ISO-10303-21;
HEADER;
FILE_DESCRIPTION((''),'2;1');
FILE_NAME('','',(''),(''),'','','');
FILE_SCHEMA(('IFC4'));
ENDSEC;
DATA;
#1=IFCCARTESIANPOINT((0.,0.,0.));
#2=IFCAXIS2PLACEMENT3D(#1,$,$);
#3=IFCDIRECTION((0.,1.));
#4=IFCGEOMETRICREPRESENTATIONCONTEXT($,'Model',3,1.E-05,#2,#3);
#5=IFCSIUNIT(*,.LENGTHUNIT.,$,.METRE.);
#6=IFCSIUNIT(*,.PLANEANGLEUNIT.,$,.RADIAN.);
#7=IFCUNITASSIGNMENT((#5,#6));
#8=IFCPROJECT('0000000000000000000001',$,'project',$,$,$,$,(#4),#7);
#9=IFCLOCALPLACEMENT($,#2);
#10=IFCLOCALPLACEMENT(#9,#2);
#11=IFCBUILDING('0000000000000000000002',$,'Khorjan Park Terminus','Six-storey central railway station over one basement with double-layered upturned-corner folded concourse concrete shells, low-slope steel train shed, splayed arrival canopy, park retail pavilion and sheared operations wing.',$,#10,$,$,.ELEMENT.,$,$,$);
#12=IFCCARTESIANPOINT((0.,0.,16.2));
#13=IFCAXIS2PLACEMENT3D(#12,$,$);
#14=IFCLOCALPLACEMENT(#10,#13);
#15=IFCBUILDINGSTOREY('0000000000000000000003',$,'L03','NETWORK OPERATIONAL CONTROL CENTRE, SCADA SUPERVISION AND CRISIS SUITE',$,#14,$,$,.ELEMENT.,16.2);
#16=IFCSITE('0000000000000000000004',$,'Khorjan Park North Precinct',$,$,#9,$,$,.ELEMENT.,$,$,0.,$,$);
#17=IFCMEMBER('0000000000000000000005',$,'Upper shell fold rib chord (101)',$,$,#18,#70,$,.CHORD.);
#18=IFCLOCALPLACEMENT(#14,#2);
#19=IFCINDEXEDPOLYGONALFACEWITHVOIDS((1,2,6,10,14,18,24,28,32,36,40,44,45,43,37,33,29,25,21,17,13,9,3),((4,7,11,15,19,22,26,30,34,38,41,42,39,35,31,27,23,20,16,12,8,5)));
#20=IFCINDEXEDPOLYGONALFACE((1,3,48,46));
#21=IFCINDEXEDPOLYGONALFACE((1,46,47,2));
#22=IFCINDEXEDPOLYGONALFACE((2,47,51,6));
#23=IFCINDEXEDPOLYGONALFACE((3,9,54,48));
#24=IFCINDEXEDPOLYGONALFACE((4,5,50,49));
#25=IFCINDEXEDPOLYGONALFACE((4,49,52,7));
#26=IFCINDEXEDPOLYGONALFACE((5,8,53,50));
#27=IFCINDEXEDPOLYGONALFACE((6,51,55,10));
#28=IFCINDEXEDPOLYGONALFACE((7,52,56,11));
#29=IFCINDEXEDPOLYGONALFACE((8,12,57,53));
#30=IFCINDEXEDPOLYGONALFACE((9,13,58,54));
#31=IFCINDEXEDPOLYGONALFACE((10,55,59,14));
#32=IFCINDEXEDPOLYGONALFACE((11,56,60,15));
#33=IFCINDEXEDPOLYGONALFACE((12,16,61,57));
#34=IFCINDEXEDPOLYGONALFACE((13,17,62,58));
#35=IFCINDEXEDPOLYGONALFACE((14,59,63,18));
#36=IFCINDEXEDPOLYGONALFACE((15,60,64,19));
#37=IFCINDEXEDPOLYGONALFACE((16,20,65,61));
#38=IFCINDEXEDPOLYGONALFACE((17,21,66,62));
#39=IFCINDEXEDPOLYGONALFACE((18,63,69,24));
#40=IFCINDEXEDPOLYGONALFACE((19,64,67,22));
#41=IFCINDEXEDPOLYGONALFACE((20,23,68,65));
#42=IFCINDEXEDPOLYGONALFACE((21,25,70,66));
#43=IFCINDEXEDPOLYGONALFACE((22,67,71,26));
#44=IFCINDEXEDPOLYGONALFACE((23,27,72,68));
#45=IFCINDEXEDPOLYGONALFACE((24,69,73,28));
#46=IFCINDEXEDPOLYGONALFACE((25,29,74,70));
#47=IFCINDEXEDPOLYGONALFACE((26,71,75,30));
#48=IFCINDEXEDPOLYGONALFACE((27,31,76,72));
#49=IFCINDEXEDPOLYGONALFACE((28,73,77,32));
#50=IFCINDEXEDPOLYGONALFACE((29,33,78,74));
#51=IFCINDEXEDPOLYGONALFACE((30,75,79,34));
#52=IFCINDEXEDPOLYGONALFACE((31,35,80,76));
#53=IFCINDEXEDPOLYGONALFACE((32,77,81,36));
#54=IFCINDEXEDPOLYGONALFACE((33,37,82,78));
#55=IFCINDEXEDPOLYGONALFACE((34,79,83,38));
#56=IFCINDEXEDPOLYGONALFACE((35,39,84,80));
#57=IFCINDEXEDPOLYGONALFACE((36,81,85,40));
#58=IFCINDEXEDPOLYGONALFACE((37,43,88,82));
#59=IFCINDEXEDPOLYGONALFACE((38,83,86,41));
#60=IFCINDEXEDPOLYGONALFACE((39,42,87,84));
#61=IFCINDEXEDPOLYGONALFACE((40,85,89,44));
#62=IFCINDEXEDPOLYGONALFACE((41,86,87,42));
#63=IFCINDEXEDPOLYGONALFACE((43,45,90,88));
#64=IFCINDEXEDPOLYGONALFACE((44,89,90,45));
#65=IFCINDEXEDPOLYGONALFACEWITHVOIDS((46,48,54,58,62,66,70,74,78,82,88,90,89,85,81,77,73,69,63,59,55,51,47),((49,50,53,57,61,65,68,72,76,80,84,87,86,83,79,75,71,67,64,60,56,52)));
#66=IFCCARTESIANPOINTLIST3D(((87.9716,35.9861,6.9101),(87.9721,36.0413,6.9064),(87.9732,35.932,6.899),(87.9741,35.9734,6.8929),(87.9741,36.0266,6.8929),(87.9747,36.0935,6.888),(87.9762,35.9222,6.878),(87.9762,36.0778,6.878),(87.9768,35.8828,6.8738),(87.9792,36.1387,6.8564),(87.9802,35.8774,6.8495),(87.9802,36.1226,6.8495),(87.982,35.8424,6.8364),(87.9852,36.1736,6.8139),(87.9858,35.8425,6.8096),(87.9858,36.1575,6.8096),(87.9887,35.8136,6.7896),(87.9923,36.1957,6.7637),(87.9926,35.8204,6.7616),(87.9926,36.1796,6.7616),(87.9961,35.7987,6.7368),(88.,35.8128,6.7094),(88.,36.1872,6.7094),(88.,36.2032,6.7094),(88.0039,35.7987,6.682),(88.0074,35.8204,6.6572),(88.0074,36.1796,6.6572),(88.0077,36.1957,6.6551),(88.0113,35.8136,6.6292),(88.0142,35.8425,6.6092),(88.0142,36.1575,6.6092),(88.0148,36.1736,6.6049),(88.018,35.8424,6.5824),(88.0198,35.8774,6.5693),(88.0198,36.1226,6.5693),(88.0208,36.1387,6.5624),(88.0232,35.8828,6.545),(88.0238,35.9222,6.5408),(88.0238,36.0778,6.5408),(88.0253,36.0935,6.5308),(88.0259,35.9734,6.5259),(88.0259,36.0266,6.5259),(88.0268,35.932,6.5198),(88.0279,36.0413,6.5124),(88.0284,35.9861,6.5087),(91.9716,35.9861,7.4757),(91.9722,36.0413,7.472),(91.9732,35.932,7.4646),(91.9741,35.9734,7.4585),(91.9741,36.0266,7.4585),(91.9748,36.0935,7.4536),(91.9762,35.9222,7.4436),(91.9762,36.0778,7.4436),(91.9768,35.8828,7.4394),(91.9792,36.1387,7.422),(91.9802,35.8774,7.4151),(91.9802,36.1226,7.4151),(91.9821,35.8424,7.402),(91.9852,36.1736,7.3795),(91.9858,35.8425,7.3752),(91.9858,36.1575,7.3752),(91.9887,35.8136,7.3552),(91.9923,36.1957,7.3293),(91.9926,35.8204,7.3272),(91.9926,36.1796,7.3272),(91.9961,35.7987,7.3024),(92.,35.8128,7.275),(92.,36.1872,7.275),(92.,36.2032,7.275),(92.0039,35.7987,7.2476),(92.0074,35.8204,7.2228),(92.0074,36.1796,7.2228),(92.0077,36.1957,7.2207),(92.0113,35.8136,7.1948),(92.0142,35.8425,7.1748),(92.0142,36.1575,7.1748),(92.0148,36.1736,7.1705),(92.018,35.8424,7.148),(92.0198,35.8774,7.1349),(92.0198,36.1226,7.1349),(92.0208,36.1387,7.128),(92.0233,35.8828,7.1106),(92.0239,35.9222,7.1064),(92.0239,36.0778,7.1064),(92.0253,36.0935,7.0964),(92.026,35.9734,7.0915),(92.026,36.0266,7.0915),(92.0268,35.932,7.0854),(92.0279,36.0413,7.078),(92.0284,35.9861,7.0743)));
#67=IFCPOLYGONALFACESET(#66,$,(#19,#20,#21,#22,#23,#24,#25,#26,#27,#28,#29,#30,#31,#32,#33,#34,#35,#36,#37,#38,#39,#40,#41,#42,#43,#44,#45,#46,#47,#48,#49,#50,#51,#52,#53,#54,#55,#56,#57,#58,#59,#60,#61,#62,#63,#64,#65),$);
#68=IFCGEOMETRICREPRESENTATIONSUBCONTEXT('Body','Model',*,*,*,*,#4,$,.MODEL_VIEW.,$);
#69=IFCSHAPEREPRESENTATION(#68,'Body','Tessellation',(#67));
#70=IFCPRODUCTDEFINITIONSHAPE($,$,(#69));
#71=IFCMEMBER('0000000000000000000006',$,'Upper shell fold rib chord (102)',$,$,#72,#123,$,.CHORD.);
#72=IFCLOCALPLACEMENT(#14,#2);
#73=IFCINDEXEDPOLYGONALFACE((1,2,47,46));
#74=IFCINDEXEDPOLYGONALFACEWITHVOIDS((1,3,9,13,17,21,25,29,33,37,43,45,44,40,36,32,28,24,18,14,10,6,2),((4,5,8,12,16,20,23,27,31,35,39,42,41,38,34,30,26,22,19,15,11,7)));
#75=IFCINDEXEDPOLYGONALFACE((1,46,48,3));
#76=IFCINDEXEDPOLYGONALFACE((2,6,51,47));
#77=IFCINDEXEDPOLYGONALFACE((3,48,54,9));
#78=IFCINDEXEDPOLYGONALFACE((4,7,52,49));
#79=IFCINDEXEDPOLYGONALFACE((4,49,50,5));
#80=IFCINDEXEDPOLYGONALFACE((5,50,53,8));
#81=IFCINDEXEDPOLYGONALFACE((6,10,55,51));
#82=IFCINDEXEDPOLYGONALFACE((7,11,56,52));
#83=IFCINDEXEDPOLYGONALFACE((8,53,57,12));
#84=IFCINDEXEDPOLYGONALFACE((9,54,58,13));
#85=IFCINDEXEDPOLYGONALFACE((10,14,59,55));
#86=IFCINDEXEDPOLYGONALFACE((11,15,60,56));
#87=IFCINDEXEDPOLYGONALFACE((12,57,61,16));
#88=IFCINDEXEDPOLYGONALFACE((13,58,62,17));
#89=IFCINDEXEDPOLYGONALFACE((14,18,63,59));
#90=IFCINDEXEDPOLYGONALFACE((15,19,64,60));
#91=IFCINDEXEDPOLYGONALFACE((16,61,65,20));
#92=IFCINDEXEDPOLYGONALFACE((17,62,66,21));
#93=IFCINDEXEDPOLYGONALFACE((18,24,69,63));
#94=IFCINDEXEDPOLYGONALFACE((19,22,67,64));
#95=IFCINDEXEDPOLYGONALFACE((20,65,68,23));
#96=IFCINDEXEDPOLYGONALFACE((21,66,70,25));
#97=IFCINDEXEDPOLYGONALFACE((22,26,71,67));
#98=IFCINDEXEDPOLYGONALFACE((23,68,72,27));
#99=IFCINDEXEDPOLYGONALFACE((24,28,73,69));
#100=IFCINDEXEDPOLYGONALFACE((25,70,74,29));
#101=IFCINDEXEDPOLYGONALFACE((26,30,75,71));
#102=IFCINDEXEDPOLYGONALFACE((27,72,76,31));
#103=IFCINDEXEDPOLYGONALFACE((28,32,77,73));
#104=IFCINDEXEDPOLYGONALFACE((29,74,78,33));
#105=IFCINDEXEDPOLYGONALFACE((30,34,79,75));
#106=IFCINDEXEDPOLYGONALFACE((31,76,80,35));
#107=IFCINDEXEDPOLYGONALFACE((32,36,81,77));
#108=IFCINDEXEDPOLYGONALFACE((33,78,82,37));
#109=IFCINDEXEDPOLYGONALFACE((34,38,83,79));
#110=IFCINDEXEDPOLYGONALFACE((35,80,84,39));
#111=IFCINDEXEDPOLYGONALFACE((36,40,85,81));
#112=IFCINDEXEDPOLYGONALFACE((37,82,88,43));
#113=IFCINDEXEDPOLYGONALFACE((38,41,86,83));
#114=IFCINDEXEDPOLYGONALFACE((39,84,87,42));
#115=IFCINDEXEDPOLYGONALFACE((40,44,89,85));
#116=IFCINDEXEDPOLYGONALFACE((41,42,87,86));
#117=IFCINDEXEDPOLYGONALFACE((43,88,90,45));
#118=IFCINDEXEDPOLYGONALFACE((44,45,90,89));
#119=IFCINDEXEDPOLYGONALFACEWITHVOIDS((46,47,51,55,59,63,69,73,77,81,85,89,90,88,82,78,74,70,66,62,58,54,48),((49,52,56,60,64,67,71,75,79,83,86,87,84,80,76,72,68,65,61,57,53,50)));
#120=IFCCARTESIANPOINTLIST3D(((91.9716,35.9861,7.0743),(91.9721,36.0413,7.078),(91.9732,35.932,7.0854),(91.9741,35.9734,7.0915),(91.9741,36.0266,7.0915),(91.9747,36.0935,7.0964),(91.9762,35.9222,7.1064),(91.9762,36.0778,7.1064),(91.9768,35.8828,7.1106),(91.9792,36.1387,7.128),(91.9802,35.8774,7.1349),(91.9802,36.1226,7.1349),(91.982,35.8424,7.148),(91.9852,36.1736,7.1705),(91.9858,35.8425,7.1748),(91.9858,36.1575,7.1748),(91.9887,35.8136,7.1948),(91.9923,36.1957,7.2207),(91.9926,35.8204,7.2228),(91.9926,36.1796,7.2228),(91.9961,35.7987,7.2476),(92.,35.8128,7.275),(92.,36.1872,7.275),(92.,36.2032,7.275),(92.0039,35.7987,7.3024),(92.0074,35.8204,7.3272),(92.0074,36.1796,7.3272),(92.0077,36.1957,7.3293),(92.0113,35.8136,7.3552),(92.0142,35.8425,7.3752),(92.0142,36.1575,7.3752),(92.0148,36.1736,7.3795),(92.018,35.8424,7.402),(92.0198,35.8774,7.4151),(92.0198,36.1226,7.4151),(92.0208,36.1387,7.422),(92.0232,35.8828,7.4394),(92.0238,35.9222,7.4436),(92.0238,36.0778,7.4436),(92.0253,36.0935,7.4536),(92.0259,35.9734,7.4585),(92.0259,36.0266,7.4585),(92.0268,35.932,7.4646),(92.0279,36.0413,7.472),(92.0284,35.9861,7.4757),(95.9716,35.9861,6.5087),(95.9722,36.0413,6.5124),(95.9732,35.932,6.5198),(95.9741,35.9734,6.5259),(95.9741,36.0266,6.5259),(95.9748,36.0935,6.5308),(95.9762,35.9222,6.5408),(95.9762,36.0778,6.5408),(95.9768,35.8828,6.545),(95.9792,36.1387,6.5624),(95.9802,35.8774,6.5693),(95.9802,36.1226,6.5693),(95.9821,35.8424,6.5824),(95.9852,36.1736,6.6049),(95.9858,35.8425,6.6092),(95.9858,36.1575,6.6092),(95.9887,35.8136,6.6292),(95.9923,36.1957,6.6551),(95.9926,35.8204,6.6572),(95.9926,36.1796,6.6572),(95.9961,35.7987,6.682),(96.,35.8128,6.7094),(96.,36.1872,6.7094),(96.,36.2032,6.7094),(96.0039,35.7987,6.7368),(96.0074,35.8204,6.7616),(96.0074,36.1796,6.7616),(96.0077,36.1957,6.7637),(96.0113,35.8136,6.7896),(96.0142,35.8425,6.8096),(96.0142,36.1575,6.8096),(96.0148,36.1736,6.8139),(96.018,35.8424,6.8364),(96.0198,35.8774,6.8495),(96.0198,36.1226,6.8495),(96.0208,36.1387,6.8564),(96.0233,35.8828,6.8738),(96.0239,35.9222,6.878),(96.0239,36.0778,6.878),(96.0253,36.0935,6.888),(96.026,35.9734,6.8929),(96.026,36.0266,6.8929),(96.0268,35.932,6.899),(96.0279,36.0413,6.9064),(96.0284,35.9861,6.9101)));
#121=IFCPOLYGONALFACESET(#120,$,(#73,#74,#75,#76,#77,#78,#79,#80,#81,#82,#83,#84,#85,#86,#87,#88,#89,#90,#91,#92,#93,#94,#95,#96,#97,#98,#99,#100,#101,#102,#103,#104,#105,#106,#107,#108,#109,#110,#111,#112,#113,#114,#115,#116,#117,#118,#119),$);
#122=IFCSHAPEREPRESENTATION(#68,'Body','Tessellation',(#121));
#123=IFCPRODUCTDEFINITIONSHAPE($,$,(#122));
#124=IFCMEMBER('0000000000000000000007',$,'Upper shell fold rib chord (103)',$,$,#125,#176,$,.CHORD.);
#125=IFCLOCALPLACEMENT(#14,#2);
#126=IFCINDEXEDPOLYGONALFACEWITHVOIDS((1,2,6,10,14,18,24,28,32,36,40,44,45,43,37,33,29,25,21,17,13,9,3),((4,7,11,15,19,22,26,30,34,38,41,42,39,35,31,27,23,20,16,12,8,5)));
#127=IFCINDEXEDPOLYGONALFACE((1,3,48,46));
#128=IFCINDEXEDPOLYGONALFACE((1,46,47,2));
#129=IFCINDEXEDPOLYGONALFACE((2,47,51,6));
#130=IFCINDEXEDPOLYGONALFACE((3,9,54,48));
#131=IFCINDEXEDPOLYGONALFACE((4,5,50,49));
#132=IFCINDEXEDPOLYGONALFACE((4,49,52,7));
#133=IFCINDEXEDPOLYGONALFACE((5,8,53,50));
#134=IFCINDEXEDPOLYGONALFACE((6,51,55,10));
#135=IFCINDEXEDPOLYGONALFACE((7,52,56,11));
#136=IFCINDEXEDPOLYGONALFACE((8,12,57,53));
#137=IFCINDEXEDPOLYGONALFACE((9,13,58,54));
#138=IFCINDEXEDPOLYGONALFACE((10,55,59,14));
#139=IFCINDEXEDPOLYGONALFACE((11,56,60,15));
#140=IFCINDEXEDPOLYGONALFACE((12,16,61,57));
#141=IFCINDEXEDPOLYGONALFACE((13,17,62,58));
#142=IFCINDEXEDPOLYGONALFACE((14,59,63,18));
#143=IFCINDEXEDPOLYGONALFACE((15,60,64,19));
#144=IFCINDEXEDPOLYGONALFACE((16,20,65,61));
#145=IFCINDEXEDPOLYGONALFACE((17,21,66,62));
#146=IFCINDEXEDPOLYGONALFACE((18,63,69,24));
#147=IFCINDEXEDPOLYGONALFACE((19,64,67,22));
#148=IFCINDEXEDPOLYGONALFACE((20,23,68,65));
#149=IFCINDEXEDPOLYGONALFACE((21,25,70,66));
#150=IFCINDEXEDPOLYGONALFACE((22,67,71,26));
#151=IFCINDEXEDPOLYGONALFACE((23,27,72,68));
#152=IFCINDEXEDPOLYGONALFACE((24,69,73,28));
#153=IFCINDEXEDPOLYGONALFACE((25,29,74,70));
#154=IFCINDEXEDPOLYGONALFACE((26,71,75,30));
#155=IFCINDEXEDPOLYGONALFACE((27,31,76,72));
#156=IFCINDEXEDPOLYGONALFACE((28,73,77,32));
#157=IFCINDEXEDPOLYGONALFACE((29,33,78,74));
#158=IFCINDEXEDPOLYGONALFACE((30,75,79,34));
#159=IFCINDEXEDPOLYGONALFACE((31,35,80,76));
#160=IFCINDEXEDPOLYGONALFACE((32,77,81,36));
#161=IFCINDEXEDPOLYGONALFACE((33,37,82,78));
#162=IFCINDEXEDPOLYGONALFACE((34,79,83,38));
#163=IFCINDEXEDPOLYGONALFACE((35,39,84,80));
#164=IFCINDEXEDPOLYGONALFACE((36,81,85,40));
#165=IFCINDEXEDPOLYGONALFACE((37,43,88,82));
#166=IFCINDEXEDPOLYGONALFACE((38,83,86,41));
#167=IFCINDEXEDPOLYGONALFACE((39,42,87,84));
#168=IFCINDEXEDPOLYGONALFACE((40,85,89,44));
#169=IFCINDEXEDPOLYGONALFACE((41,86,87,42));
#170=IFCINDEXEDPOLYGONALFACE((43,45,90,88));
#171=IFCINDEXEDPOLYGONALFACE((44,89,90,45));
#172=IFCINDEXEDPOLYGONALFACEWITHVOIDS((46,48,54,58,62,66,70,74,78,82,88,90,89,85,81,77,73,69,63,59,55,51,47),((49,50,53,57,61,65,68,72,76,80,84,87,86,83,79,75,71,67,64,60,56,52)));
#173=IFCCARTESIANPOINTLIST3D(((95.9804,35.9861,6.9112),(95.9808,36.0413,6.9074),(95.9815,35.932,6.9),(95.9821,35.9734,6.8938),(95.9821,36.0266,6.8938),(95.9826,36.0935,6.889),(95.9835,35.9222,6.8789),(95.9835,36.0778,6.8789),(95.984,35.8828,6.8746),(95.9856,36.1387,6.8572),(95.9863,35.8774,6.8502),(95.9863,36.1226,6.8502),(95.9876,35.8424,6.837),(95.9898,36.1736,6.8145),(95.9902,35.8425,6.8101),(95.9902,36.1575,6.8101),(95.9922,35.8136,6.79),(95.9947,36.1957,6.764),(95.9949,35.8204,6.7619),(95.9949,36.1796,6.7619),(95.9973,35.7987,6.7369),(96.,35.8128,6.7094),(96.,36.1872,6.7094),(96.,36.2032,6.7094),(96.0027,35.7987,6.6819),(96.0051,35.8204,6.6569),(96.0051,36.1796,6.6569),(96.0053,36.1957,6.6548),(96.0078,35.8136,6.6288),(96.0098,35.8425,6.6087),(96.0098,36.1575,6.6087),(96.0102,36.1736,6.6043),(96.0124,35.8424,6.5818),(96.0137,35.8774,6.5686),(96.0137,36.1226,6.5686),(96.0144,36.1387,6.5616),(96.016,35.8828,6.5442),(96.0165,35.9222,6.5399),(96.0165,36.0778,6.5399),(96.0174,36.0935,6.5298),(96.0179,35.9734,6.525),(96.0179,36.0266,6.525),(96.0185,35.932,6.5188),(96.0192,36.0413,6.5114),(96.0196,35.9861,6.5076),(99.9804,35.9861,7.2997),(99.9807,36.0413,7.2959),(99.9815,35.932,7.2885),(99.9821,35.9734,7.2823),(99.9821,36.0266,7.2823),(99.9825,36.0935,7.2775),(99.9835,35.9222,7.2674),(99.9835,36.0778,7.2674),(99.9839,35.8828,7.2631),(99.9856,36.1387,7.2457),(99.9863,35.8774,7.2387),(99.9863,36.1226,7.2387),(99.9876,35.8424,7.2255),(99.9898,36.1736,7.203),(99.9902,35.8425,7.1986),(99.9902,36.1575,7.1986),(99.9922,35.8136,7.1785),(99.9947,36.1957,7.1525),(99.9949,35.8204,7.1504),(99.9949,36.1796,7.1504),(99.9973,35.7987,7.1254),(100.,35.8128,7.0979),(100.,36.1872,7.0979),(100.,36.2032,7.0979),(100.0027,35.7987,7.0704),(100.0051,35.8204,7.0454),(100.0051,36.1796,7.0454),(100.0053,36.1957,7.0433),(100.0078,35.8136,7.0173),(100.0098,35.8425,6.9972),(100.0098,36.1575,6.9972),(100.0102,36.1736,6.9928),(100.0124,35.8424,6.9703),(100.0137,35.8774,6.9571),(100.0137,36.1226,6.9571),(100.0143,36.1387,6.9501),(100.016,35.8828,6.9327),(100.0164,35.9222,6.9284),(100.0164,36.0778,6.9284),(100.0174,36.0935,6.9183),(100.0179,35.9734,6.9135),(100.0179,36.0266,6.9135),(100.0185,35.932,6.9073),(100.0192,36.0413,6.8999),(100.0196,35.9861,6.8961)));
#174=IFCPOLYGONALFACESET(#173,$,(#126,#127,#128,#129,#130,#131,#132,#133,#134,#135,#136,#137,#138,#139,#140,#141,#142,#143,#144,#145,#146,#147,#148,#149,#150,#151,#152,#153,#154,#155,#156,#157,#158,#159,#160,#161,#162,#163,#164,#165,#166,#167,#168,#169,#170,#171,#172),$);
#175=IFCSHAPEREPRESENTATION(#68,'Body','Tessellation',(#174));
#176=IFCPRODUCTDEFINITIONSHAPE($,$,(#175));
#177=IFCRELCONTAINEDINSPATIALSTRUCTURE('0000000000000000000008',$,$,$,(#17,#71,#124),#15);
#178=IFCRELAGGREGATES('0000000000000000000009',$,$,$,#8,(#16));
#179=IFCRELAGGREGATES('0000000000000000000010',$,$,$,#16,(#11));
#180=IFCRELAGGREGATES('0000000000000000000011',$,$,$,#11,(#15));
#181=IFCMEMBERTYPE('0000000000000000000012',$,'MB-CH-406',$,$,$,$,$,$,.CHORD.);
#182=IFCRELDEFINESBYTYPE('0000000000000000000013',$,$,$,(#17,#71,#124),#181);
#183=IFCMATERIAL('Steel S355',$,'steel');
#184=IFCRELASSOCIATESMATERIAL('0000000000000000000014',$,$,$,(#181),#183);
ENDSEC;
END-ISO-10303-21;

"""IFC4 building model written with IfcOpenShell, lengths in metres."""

from ifc_helpers import new_model, si_unit, direction, frame, origin, origin_2d, place, context, subcontext, project, spatial, hollow_circle, extrude, material, material_profile, profile_set, type_object, element, save


model = new_model("IFC4")

# Units and contexts
model_context = context("Model", 3, precision=1e-05, world=origin(), true_north=direction((0.0, 1.0)))
body_context = subcontext(model_context, "Body", "Model", "MODEL_VIEW")
ifc_project = project(units=[si_unit("LENGTHUNIT", "METRE"), si_unit("PLANEANGLEUNIT", "RADIAN")], contexts=[model_context])

# Site, building, storey
site_placement = place(None, origin())
site = spatial("IfcSite", under=ifc_project, at=site_placement, Name="Khorjan Park North Precinct", CompositionType="ELEMENT", RefElevation=0.0)
building_placement = place(site_placement, origin())
building = spatial("IfcBuilding", under=site, at=building_placement, Name="Khorjan Park Terminus", Description="Six-storey central railway station over one basement with double-layered upturned-corner folded concourse concrete shells, low-slope steel train shed, splayed arrival canopy, park retail pavilion and sheared operations wing.", CompositionType="ELEMENT")
storey_placement = place(building_placement, frame((0.0, 0.0, 16.2)))
storey = spatial("IfcBuildingStorey", under=building, at=storey_placement, Name="L03", Description="NETWORK OPERATIONAL CONTROL CENTRE, SCADA SUPERVISION AND CRISIS SUITE", CompositionType="ELEMENT", Elevation=16.2)

# Members
ifc_material_1 = material(Name="Steel S355", Category="steel")
ifc_material_profile_1 = material_profile(ifc_material_1, hollow_circle(Radius=0.2032, WallThickness=0.016, at=origin_2d()), Name="CHS 406.4x16")
ifc_profile_set_1 = profile_set([ifc_material_profile_1], Name="Steel S355")
member_type_1 = type_object("IfcMemberType", Name="MB-CH-406", PredefinedType="CHORD", material=ifc_profile_set_1)
for number, where, z_axis, x_axis, name in (
    (1, (88.0, 36.0, 6.7094), (0.99015, 0.0, 0.140007), (0.0, 1.0, 0.0), "Upper shell fold rib chord (101)"),
    (2, (92.0, 36.0, 7.275), (0.99015, 0.0, -0.140007), (0.0, 1.0, 0.0), "Upper shell fold rib chord (102)"),
):
    element("IfcMember", number, at=place(storey_placement, frame(where, z_axis=z_axis, x_axis=x_axis)), inside=storey, type_object=member_type_1, Name=name, PredefinedType="CHORD", context=body_context, shape_type="SweptSolid", body=[
        extrude(hollow_circle(Radius=0.2032, WallThickness=0.016, at=origin_2d()), origin(), (0.0, 0.0, 1.0), 4.0398),
    ])
member_1_placement = place(storey_placement, frame((96.0, 36.0, 6.7094), z_axis=(0.995316, 0.0, 0.09667), x_axis=(0.0, 1.0, 0.0)))
element("IfcMember", 3, at=member_1_placement, inside=storey, type_object=member_type_1, Name="Upper shell fold rib chord (103)", PredefinedType="CHORD", context=body_context, shape_type="SweptSolid", body=[
    extrude(hollow_circle(Radius=0.2032, WallThickness=0.016, at=origin_2d()), origin(), (0.0, 0.0, 1.0), 4.0188),
])

save(model, "model.ifc")
